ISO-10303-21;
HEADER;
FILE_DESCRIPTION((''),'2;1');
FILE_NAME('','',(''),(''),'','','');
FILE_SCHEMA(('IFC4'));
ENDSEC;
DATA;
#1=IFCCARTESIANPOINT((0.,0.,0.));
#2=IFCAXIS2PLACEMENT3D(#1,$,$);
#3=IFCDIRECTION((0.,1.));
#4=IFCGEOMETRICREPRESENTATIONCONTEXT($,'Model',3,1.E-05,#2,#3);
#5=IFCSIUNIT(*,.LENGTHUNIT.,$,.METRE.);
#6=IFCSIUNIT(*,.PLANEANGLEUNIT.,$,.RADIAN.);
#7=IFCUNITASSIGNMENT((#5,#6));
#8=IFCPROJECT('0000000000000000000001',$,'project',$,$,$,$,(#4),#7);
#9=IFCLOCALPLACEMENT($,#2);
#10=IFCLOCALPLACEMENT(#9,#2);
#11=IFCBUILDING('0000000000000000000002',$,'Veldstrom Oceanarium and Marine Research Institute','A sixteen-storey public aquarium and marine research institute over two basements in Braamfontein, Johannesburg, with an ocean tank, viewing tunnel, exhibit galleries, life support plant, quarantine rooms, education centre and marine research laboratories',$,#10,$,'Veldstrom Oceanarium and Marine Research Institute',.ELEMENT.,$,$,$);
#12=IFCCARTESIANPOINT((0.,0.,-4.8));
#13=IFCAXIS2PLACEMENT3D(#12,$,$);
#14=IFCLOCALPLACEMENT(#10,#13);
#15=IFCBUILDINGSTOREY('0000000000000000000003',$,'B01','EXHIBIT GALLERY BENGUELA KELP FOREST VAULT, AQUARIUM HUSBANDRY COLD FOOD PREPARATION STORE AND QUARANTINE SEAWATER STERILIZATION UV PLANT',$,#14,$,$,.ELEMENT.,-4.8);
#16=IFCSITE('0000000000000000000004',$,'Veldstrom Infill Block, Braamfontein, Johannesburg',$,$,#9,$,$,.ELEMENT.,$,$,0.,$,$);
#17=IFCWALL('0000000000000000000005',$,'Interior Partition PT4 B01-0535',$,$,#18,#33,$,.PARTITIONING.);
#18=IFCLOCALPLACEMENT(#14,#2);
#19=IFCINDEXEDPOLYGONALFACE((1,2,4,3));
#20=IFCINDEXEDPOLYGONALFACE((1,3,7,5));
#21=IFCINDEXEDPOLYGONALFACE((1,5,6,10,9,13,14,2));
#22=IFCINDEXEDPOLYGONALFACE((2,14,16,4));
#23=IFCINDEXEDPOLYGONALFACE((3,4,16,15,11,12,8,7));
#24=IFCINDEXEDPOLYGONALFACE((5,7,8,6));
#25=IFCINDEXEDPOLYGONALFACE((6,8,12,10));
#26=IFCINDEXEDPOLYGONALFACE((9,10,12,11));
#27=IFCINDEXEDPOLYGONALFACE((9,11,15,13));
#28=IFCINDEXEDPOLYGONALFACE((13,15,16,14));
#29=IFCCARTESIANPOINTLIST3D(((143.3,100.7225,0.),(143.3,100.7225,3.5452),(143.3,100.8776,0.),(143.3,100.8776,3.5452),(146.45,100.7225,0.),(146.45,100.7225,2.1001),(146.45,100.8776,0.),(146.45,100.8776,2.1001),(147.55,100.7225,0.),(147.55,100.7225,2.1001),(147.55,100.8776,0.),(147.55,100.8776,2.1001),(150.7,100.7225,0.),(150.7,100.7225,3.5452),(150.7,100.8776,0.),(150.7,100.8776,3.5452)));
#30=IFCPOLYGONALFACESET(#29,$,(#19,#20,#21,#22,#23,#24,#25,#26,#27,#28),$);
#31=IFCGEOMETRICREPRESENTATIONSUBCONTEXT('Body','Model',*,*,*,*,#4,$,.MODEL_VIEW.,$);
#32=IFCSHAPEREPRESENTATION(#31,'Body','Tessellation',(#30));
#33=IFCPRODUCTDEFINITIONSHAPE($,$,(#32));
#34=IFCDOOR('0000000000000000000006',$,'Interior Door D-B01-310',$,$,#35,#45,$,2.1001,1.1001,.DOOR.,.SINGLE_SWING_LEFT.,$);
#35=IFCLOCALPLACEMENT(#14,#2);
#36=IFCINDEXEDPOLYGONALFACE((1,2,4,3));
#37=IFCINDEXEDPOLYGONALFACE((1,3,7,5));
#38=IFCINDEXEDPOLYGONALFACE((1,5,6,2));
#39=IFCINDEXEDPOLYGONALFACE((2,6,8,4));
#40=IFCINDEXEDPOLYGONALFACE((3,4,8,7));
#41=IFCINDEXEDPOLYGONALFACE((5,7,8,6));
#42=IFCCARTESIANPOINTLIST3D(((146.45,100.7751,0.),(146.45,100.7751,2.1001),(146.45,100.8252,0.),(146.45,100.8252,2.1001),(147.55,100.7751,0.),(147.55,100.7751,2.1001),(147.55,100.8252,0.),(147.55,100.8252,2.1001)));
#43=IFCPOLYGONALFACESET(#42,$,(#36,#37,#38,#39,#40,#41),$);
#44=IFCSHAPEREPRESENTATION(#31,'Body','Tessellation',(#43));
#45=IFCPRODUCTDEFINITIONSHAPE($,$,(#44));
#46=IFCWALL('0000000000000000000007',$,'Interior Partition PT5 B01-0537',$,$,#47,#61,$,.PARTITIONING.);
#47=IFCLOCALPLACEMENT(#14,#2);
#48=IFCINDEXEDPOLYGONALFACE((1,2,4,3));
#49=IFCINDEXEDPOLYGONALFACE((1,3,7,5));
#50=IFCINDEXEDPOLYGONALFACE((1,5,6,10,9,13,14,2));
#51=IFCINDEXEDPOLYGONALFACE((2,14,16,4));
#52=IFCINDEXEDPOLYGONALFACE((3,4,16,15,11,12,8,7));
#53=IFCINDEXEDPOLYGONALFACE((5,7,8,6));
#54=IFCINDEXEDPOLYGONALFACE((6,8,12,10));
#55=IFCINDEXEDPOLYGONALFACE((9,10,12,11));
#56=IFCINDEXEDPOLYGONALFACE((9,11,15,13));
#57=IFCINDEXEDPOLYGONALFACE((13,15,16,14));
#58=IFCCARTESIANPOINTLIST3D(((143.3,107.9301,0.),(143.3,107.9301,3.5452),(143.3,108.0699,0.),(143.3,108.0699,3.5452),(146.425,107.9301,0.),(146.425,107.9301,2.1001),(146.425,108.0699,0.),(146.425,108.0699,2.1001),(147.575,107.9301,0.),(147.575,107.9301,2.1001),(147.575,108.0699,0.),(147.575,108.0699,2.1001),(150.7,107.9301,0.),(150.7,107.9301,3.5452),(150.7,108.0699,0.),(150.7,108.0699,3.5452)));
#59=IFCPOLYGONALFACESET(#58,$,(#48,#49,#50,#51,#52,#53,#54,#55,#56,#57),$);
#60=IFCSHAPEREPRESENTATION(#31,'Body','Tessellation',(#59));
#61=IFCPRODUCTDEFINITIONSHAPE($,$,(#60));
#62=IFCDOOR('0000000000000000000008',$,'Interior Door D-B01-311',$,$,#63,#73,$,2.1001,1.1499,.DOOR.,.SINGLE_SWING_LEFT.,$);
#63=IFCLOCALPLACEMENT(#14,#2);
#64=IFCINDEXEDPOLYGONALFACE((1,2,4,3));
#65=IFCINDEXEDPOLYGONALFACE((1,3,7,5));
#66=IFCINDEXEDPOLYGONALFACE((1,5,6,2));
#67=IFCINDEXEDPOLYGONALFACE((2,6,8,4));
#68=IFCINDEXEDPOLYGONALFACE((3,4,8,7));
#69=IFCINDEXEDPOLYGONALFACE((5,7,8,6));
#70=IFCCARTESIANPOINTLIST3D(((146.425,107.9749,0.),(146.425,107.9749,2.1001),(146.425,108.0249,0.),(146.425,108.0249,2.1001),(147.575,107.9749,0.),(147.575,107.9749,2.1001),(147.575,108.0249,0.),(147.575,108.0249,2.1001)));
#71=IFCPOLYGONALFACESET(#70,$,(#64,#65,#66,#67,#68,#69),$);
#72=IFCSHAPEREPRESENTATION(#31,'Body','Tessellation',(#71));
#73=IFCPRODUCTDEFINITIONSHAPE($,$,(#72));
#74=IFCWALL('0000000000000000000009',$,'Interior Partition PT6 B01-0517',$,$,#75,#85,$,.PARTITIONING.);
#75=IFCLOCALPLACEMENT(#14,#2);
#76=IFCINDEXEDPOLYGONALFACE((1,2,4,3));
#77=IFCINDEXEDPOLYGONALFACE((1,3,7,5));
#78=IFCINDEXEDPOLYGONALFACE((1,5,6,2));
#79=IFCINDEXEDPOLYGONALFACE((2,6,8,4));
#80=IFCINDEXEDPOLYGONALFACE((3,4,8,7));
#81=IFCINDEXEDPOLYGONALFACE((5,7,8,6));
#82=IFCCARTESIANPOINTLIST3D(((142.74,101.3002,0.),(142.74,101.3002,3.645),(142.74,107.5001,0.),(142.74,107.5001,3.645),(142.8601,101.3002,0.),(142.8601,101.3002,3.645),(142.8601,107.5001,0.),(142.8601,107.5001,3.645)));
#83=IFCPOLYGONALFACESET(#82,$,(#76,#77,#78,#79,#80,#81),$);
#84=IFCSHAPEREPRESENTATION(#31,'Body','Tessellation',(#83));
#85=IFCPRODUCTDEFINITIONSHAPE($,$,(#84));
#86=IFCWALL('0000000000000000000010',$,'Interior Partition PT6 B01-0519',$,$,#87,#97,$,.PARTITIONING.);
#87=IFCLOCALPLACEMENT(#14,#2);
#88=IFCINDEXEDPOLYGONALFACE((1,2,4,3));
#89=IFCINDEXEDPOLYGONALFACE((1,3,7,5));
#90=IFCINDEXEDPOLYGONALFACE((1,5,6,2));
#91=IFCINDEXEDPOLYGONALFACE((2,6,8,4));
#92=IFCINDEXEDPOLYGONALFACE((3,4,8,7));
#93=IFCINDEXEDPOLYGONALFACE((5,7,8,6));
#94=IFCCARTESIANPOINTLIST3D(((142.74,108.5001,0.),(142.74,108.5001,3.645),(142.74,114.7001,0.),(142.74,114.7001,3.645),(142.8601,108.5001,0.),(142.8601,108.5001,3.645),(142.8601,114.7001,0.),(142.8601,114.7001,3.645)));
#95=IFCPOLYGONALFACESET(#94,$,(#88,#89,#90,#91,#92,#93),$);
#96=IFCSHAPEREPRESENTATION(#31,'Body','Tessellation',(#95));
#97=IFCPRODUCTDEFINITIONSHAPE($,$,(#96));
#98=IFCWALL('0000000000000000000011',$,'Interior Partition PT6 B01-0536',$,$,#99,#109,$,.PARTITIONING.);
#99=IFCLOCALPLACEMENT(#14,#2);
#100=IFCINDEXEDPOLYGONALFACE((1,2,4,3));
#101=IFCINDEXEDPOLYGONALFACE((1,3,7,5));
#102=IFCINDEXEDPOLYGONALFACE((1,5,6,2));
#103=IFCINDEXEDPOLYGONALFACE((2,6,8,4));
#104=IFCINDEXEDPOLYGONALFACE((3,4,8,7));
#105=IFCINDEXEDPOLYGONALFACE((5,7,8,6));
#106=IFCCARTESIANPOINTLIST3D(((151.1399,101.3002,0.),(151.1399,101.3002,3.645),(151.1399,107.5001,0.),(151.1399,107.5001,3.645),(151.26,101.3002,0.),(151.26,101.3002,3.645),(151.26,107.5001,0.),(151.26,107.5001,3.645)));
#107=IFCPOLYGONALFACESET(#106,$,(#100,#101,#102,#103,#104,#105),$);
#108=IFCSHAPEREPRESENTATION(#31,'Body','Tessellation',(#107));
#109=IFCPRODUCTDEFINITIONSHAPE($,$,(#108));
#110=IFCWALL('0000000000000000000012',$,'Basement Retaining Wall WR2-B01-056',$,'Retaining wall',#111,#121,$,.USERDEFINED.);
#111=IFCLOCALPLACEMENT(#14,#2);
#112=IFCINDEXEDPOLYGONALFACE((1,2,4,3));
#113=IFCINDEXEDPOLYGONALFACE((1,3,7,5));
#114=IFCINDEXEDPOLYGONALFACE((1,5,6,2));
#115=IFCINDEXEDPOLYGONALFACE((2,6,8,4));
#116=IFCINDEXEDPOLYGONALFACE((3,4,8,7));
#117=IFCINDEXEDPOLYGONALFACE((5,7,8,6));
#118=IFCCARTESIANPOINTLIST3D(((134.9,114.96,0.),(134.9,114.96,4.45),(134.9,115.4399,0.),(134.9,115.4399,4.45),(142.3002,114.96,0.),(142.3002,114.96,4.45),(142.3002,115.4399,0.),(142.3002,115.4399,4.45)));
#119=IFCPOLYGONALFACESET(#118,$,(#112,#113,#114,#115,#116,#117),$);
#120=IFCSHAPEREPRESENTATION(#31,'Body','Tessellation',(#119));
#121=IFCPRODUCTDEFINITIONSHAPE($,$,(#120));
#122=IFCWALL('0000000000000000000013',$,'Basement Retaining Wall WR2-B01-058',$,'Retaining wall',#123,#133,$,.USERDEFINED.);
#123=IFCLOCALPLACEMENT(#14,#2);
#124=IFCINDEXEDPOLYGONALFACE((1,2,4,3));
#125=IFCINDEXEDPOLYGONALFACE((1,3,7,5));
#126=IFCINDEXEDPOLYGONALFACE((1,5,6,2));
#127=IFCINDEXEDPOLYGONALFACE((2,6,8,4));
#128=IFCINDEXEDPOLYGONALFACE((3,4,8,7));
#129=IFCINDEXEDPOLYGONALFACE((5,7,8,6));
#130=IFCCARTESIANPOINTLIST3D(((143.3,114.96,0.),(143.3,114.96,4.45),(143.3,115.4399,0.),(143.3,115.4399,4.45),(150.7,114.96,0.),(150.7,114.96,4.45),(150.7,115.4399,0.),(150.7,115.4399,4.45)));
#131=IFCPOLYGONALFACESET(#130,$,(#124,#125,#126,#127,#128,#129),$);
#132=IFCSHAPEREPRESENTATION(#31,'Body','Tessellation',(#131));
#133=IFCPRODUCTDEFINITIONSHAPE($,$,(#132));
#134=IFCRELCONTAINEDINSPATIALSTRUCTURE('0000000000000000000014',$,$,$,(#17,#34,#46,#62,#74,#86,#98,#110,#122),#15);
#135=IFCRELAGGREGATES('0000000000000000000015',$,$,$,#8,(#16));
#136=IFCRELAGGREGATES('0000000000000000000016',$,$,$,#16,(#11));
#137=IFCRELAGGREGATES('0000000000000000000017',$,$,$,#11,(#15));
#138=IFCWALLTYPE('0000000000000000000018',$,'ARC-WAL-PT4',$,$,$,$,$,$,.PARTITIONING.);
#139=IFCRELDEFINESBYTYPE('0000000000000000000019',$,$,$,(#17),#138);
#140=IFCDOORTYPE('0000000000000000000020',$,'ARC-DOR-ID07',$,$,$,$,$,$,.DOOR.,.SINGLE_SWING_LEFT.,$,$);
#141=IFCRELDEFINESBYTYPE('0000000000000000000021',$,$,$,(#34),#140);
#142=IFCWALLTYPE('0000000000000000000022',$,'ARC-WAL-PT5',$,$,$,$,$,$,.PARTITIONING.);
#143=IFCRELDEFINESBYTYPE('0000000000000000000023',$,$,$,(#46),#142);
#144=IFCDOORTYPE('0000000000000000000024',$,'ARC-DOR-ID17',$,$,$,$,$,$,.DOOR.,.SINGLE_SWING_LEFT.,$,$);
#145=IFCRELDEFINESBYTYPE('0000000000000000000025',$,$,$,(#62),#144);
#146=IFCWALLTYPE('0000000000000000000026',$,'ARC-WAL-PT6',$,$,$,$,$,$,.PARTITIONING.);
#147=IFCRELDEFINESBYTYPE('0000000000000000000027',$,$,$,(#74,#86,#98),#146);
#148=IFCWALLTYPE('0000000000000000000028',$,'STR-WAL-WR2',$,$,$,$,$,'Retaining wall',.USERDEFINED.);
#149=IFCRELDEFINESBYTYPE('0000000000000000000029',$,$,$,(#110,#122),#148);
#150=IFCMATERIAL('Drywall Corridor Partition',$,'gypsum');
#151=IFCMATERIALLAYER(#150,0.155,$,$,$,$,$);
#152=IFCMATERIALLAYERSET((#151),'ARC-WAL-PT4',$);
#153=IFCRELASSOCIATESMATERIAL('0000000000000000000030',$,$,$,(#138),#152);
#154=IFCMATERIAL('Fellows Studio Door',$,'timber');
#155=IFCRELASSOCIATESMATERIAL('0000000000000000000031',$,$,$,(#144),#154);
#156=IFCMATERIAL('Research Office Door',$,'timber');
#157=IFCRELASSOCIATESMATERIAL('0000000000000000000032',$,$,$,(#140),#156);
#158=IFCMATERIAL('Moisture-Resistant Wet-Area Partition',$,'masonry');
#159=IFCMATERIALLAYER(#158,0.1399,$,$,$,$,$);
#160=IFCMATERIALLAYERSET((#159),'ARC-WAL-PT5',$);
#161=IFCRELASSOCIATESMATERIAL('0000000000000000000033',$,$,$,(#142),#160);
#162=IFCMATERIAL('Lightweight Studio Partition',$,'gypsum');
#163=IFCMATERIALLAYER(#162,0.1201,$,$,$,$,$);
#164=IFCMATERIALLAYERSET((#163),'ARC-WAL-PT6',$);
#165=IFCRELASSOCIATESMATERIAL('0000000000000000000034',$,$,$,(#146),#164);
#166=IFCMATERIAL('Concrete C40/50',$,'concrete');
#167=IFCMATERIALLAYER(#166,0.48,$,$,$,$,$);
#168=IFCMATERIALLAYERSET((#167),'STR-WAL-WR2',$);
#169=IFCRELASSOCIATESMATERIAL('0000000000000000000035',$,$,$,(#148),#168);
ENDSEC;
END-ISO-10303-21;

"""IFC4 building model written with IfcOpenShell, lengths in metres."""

from ifc_helpers import new_model, si_unit, direction, frame, frame_2d, origin, place, context, subcontext, project, spatial, rectangle, extrude, material, layer, layer_set, type_object, element, fill, save


model = new_model("IFC4")

# Units and contexts
model_context = context("Model", 3, precision=1e-05, world=origin(), true_north=direction((0.0, 1.0)))
body_context = subcontext(model_context, "Body", "Model", "MODEL_VIEW")
ifc_project = project(units=[si_unit("LENGTHUNIT", "METRE"), si_unit("PLANEANGLEUNIT", "RADIAN")], contexts=[model_context])

# Site, building, storey
site_placement = place(None, origin())
site = spatial("IfcSite", under=ifc_project, at=site_placement, Name="Veldstrom Infill Block, Braamfontein, Johannesburg", CompositionType="ELEMENT", RefElevation=0.0)
building_placement = place(site_placement, origin())
building = spatial("IfcBuilding", under=site, at=building_placement, Name="Veldstrom Oceanarium and Marine Research Institute", Description="A sixteen-storey public aquarium and marine research institute over two basements in Braamfontein, Johannesburg, with an ocean tank, viewing tunnel, exhibit galleries, life support plant, quarantine rooms, education centre and marine research laboratories", LongName="Veldstrom Oceanarium and Marine Research Institute", CompositionType="ELEMENT")
storey_placement = place(building_placement, frame((0.0, 0.0, -4.8)))
storey = spatial("IfcBuildingStorey", under=building, at=storey_placement, Name="B01", Description="EXHIBIT GALLERY BENGUELA KELP FOREST VAULT, AQUARIUM HUSBANDRY COLD FOOD PREPARATION STORE AND QUARANTINE SEAWATER STERILIZATION UV PLANT", CompositionType="ELEMENT", Elevation=-4.8)

# Walls, openings, doors
ifc_material_1 = material(Name="Drywall Corridor Partition", Category="gypsum")
ifc_layer_1 = layer(ifc_material_1, 0.155)
ifc_layer_set_1 = layer_set([ifc_layer_1], Name="ARC-WAL-PT4")
wall_type_1 = type_object("IfcWallType", Name="ARC-WAL-PT4", PredefinedType="PARTITIONING", material=ifc_layer_set_1)
ifc_material_2 = material(Name="Fellows Studio Door", Category="timber")
door_type_1 = type_object("IfcDoorType", Name="ARC-DOR-ID17", OperationType="SINGLE_SWING_LEFT", PredefinedType="DOOR", material=ifc_material_2)
wall_1_placement = place(storey_placement, frame((143.3, 100.8, 0.0), z_axis=(0.0, 0.0, 1.0), x_axis=(1.0, 0.0, 0.0)))
wall_1 = element("IfcWall", 1, at=wall_1_placement, inside=storey, type_object=wall_type_1, Name="Interior Partition PT4 B01-0535", PredefinedType="PARTITIONING", context=body_context, shape_type="SweptSolid", body=[
    extrude(rectangle(XDim=7.3999, YDim=0.155, at=frame_2d((3.7, 0.0))), origin(), (0.0, 0.0, 1.0), 3.5452),
])
opening_1_placement = place(wall_1_placement, frame((3.1499, 0.0, 0.0)))
opening_1 = element("IfcOpeningElement", 2, at=opening_1_placement, cuts=wall_1, PredefinedType="OPENING", context=body_context, shape_type="SweptSolid", body=[
    extrude(rectangle(XDim=1.1001, YDim=2.1001, at=frame_2d((0.55, 1.05))), frame((0.0, 0.0874, 0.0), z_axis=(0.0, -1.0, 0.0), x_axis=(1.0, 0.0, 0.0)), (0.0, 0.0, 1.0), 0.175),
])
ifc_material_3 = material(Name="Research Office Door", Category="timber")
door_type_2 = type_object("IfcDoorType", Name="ARC-DOR-ID07", OperationType="SINGLE_SWING_LEFT", PredefinedType="DOOR", material=ifc_material_3)
door_1_placement = place(opening_1_placement, frame((1.1001, 0.0, 0.0), z_axis=(0.0, 0.0, 1.0), x_axis=(-1.0, 0.0, 0.0)))
door_1 = element("IfcDoor", 3, at=door_1_placement, inside=storey, type_object=door_type_2, Name="Interior Door D-B01-310", OperationType="SINGLE_SWING_LEFT", OverallHeight=2.1001, OverallWidth=1.1001, PredefinedType="DOOR", context=body_context, shape_type="SweptSolid", body=[
    extrude(rectangle(XDim=1.1001, YDim=2.1001, at=frame_2d((0.55, 1.05))), frame((0.0, 0.0249, 0.0), z_axis=(0.0, -1.0, 0.0), x_axis=(1.0, 0.0, 0.0)), (0.0, 0.0, 1.0), 0.05),
])
fill(opening_1, door_1)
ifc_material_4 = material(Name="Moisture-Resistant Wet-Area Partition", Category="masonry")
ifc_layer_2 = layer(ifc_material_4, 0.1399)
ifc_layer_set_2 = layer_set([ifc_layer_2], Name="ARC-WAL-PT5")
wall_type_2 = type_object("IfcWallType", Name="ARC-WAL-PT5", PredefinedType="PARTITIONING", material=ifc_layer_set_2)
wall_2_placement = place(storey_placement, frame((143.3, 108.0, 0.0), z_axis=(0.0, 0.0, 1.0), x_axis=(1.0, 0.0, 0.0)))
wall_2 = element("IfcWall", 4, at=wall_2_placement, inside=storey, type_object=wall_type_2, Name="Interior Partition PT5 B01-0537", PredefinedType="PARTITIONING", context=body_context, shape_type="SweptSolid", body=[
    extrude(rectangle(XDim=7.3999, YDim=0.1399, at=frame_2d((3.7, 0.0))), origin(), (0.0, 0.0, 1.0), 3.5452),
])
opening_2_placement = place(wall_2_placement, frame((3.125, 0.0, 0.0)))
opening_2 = element("IfcOpeningElement", 5, at=opening_2_placement, cuts=wall_2, PredefinedType="OPENING", context=body_context, shape_type="SweptSolid", body=[
    extrude(rectangle(XDim=1.1499, YDim=2.1001, at=frame_2d((0.575, 1.05))), frame((0.0, 0.0798, 0.0), z_axis=(0.0, -1.0, 0.0), x_axis=(1.0, 0.0, 0.0)), (0.0, 0.0, 1.0), 0.1599),
])
door_2_placement = place(opening_2_placement, origin())
door_2 = element("IfcDoor", 6, at=door_2_placement, inside=storey, type_object=door_type_1, Name="Interior Door D-B01-311", OperationType="SINGLE_SWING_LEFT", OverallHeight=2.1001, OverallWidth=1.1499, PredefinedType="DOOR", context=body_context, shape_type="SweptSolid", body=[
    extrude(rectangle(XDim=1.1499, YDim=2.1001, at=frame_2d((0.575, 1.05))), frame((0.0, 0.0249, 0.0), z_axis=(0.0, -1.0, 0.0), x_axis=(1.0, 0.0, 0.0)), (0.0, 0.0, 1.0), 0.05),
])
fill(opening_2, door_2)

# Walls
ifc_material_5 = material(Name="Lightweight Studio Partition", Category="gypsum")
ifc_layer_3 = layer(ifc_material_5, 0.1201)
ifc_layer_set_3 = layer_set([ifc_layer_3], Name="ARC-WAL-PT6")
wall_type_3 = type_object("IfcWallType", Name="ARC-WAL-PT6", PredefinedType="PARTITIONING", material=ifc_layer_set_3)
for number, where, z_axis, x_axis, name in (
    (7, (142.8, 101.3, 0.0), (0.0, 0.0, 1.0), (0.0, 1.0, 0.0), "Interior Partition PT6 B01-0517"),
    (8, (142.8, 108.5, 0.0), (0.0, 0.0, 1.0), (0.0, 1.0, 0.0), "Interior Partition PT6 B01-0519"),
    (9, (151.2, 101.3, 0.0), (0.0, 0.0, 1.0), (0.0, 1.0, 0.0), "Interior Partition PT6 B01-0536"),
):
    element("IfcWall", number, at=place(storey_placement, frame(where, z_axis=z_axis, x_axis=x_axis)), inside=storey, type_object=wall_type_3, Name=name, PredefinedType="PARTITIONING", context=body_context, shape_type="SweptSolid", body=[
        extrude(rectangle(XDim=6.2, YDim=0.1201, at=frame_2d((3.1001, 0.0))), origin(), (0.0, 0.0, 1.0), 3.645),
    ])
ifc_material_6 = material(Name="Concrete C40/50", Category="concrete")
ifc_layer_4 = layer(ifc_material_6, 0.48)
ifc_layer_set_4 = layer_set([ifc_layer_4], Name="STR-WAL-WR2")
wall_type_4 = type_object("IfcWallType", Name="STR-WAL-WR2", ElementType="Retaining wall", PredefinedType="USERDEFINED", material=ifc_layer_set_4)
wall_3_placement = place(storey_placement, frame((134.8999, 115.2, 0.0), z_axis=(0.0, 0.0, 1.0), x_axis=(1.0, 0.0, 0.0)))
element("IfcWall", 10, at=wall_3_placement, inside=storey, type_object=wall_type_4, Name="Basement Retaining Wall WR2-B01-056", ObjectType="Retaining wall", PredefinedType="USERDEFINED", context=body_context, shape_type="SweptSolid", body=[
    extrude(rectangle(XDim=7.4001, YDim=0.48, at=frame_2d((3.7002, 0.0))), origin(), (0.0, 0.0, 1.0), 4.45),
])
wall_4_placement = place(storey_placement, frame((143.3, 115.2, 0.0), z_axis=(0.0, 0.0, 1.0), x_axis=(1.0, 0.0, 0.0)))
element("IfcWall", 11, at=wall_4_placement, inside=storey, type_object=wall_type_4, Name="Basement Retaining Wall WR2-B01-058", ObjectType="Retaining wall", PredefinedType="USERDEFINED", context=body_context, shape_type="SweptSolid", body=[
    extrude(rectangle(XDim=7.3999, YDim=0.48, at=frame_2d((3.7, 0.0))), origin(), (0.0, 0.0, 1.0), 4.45),
])

save(model, "model.ifc")
